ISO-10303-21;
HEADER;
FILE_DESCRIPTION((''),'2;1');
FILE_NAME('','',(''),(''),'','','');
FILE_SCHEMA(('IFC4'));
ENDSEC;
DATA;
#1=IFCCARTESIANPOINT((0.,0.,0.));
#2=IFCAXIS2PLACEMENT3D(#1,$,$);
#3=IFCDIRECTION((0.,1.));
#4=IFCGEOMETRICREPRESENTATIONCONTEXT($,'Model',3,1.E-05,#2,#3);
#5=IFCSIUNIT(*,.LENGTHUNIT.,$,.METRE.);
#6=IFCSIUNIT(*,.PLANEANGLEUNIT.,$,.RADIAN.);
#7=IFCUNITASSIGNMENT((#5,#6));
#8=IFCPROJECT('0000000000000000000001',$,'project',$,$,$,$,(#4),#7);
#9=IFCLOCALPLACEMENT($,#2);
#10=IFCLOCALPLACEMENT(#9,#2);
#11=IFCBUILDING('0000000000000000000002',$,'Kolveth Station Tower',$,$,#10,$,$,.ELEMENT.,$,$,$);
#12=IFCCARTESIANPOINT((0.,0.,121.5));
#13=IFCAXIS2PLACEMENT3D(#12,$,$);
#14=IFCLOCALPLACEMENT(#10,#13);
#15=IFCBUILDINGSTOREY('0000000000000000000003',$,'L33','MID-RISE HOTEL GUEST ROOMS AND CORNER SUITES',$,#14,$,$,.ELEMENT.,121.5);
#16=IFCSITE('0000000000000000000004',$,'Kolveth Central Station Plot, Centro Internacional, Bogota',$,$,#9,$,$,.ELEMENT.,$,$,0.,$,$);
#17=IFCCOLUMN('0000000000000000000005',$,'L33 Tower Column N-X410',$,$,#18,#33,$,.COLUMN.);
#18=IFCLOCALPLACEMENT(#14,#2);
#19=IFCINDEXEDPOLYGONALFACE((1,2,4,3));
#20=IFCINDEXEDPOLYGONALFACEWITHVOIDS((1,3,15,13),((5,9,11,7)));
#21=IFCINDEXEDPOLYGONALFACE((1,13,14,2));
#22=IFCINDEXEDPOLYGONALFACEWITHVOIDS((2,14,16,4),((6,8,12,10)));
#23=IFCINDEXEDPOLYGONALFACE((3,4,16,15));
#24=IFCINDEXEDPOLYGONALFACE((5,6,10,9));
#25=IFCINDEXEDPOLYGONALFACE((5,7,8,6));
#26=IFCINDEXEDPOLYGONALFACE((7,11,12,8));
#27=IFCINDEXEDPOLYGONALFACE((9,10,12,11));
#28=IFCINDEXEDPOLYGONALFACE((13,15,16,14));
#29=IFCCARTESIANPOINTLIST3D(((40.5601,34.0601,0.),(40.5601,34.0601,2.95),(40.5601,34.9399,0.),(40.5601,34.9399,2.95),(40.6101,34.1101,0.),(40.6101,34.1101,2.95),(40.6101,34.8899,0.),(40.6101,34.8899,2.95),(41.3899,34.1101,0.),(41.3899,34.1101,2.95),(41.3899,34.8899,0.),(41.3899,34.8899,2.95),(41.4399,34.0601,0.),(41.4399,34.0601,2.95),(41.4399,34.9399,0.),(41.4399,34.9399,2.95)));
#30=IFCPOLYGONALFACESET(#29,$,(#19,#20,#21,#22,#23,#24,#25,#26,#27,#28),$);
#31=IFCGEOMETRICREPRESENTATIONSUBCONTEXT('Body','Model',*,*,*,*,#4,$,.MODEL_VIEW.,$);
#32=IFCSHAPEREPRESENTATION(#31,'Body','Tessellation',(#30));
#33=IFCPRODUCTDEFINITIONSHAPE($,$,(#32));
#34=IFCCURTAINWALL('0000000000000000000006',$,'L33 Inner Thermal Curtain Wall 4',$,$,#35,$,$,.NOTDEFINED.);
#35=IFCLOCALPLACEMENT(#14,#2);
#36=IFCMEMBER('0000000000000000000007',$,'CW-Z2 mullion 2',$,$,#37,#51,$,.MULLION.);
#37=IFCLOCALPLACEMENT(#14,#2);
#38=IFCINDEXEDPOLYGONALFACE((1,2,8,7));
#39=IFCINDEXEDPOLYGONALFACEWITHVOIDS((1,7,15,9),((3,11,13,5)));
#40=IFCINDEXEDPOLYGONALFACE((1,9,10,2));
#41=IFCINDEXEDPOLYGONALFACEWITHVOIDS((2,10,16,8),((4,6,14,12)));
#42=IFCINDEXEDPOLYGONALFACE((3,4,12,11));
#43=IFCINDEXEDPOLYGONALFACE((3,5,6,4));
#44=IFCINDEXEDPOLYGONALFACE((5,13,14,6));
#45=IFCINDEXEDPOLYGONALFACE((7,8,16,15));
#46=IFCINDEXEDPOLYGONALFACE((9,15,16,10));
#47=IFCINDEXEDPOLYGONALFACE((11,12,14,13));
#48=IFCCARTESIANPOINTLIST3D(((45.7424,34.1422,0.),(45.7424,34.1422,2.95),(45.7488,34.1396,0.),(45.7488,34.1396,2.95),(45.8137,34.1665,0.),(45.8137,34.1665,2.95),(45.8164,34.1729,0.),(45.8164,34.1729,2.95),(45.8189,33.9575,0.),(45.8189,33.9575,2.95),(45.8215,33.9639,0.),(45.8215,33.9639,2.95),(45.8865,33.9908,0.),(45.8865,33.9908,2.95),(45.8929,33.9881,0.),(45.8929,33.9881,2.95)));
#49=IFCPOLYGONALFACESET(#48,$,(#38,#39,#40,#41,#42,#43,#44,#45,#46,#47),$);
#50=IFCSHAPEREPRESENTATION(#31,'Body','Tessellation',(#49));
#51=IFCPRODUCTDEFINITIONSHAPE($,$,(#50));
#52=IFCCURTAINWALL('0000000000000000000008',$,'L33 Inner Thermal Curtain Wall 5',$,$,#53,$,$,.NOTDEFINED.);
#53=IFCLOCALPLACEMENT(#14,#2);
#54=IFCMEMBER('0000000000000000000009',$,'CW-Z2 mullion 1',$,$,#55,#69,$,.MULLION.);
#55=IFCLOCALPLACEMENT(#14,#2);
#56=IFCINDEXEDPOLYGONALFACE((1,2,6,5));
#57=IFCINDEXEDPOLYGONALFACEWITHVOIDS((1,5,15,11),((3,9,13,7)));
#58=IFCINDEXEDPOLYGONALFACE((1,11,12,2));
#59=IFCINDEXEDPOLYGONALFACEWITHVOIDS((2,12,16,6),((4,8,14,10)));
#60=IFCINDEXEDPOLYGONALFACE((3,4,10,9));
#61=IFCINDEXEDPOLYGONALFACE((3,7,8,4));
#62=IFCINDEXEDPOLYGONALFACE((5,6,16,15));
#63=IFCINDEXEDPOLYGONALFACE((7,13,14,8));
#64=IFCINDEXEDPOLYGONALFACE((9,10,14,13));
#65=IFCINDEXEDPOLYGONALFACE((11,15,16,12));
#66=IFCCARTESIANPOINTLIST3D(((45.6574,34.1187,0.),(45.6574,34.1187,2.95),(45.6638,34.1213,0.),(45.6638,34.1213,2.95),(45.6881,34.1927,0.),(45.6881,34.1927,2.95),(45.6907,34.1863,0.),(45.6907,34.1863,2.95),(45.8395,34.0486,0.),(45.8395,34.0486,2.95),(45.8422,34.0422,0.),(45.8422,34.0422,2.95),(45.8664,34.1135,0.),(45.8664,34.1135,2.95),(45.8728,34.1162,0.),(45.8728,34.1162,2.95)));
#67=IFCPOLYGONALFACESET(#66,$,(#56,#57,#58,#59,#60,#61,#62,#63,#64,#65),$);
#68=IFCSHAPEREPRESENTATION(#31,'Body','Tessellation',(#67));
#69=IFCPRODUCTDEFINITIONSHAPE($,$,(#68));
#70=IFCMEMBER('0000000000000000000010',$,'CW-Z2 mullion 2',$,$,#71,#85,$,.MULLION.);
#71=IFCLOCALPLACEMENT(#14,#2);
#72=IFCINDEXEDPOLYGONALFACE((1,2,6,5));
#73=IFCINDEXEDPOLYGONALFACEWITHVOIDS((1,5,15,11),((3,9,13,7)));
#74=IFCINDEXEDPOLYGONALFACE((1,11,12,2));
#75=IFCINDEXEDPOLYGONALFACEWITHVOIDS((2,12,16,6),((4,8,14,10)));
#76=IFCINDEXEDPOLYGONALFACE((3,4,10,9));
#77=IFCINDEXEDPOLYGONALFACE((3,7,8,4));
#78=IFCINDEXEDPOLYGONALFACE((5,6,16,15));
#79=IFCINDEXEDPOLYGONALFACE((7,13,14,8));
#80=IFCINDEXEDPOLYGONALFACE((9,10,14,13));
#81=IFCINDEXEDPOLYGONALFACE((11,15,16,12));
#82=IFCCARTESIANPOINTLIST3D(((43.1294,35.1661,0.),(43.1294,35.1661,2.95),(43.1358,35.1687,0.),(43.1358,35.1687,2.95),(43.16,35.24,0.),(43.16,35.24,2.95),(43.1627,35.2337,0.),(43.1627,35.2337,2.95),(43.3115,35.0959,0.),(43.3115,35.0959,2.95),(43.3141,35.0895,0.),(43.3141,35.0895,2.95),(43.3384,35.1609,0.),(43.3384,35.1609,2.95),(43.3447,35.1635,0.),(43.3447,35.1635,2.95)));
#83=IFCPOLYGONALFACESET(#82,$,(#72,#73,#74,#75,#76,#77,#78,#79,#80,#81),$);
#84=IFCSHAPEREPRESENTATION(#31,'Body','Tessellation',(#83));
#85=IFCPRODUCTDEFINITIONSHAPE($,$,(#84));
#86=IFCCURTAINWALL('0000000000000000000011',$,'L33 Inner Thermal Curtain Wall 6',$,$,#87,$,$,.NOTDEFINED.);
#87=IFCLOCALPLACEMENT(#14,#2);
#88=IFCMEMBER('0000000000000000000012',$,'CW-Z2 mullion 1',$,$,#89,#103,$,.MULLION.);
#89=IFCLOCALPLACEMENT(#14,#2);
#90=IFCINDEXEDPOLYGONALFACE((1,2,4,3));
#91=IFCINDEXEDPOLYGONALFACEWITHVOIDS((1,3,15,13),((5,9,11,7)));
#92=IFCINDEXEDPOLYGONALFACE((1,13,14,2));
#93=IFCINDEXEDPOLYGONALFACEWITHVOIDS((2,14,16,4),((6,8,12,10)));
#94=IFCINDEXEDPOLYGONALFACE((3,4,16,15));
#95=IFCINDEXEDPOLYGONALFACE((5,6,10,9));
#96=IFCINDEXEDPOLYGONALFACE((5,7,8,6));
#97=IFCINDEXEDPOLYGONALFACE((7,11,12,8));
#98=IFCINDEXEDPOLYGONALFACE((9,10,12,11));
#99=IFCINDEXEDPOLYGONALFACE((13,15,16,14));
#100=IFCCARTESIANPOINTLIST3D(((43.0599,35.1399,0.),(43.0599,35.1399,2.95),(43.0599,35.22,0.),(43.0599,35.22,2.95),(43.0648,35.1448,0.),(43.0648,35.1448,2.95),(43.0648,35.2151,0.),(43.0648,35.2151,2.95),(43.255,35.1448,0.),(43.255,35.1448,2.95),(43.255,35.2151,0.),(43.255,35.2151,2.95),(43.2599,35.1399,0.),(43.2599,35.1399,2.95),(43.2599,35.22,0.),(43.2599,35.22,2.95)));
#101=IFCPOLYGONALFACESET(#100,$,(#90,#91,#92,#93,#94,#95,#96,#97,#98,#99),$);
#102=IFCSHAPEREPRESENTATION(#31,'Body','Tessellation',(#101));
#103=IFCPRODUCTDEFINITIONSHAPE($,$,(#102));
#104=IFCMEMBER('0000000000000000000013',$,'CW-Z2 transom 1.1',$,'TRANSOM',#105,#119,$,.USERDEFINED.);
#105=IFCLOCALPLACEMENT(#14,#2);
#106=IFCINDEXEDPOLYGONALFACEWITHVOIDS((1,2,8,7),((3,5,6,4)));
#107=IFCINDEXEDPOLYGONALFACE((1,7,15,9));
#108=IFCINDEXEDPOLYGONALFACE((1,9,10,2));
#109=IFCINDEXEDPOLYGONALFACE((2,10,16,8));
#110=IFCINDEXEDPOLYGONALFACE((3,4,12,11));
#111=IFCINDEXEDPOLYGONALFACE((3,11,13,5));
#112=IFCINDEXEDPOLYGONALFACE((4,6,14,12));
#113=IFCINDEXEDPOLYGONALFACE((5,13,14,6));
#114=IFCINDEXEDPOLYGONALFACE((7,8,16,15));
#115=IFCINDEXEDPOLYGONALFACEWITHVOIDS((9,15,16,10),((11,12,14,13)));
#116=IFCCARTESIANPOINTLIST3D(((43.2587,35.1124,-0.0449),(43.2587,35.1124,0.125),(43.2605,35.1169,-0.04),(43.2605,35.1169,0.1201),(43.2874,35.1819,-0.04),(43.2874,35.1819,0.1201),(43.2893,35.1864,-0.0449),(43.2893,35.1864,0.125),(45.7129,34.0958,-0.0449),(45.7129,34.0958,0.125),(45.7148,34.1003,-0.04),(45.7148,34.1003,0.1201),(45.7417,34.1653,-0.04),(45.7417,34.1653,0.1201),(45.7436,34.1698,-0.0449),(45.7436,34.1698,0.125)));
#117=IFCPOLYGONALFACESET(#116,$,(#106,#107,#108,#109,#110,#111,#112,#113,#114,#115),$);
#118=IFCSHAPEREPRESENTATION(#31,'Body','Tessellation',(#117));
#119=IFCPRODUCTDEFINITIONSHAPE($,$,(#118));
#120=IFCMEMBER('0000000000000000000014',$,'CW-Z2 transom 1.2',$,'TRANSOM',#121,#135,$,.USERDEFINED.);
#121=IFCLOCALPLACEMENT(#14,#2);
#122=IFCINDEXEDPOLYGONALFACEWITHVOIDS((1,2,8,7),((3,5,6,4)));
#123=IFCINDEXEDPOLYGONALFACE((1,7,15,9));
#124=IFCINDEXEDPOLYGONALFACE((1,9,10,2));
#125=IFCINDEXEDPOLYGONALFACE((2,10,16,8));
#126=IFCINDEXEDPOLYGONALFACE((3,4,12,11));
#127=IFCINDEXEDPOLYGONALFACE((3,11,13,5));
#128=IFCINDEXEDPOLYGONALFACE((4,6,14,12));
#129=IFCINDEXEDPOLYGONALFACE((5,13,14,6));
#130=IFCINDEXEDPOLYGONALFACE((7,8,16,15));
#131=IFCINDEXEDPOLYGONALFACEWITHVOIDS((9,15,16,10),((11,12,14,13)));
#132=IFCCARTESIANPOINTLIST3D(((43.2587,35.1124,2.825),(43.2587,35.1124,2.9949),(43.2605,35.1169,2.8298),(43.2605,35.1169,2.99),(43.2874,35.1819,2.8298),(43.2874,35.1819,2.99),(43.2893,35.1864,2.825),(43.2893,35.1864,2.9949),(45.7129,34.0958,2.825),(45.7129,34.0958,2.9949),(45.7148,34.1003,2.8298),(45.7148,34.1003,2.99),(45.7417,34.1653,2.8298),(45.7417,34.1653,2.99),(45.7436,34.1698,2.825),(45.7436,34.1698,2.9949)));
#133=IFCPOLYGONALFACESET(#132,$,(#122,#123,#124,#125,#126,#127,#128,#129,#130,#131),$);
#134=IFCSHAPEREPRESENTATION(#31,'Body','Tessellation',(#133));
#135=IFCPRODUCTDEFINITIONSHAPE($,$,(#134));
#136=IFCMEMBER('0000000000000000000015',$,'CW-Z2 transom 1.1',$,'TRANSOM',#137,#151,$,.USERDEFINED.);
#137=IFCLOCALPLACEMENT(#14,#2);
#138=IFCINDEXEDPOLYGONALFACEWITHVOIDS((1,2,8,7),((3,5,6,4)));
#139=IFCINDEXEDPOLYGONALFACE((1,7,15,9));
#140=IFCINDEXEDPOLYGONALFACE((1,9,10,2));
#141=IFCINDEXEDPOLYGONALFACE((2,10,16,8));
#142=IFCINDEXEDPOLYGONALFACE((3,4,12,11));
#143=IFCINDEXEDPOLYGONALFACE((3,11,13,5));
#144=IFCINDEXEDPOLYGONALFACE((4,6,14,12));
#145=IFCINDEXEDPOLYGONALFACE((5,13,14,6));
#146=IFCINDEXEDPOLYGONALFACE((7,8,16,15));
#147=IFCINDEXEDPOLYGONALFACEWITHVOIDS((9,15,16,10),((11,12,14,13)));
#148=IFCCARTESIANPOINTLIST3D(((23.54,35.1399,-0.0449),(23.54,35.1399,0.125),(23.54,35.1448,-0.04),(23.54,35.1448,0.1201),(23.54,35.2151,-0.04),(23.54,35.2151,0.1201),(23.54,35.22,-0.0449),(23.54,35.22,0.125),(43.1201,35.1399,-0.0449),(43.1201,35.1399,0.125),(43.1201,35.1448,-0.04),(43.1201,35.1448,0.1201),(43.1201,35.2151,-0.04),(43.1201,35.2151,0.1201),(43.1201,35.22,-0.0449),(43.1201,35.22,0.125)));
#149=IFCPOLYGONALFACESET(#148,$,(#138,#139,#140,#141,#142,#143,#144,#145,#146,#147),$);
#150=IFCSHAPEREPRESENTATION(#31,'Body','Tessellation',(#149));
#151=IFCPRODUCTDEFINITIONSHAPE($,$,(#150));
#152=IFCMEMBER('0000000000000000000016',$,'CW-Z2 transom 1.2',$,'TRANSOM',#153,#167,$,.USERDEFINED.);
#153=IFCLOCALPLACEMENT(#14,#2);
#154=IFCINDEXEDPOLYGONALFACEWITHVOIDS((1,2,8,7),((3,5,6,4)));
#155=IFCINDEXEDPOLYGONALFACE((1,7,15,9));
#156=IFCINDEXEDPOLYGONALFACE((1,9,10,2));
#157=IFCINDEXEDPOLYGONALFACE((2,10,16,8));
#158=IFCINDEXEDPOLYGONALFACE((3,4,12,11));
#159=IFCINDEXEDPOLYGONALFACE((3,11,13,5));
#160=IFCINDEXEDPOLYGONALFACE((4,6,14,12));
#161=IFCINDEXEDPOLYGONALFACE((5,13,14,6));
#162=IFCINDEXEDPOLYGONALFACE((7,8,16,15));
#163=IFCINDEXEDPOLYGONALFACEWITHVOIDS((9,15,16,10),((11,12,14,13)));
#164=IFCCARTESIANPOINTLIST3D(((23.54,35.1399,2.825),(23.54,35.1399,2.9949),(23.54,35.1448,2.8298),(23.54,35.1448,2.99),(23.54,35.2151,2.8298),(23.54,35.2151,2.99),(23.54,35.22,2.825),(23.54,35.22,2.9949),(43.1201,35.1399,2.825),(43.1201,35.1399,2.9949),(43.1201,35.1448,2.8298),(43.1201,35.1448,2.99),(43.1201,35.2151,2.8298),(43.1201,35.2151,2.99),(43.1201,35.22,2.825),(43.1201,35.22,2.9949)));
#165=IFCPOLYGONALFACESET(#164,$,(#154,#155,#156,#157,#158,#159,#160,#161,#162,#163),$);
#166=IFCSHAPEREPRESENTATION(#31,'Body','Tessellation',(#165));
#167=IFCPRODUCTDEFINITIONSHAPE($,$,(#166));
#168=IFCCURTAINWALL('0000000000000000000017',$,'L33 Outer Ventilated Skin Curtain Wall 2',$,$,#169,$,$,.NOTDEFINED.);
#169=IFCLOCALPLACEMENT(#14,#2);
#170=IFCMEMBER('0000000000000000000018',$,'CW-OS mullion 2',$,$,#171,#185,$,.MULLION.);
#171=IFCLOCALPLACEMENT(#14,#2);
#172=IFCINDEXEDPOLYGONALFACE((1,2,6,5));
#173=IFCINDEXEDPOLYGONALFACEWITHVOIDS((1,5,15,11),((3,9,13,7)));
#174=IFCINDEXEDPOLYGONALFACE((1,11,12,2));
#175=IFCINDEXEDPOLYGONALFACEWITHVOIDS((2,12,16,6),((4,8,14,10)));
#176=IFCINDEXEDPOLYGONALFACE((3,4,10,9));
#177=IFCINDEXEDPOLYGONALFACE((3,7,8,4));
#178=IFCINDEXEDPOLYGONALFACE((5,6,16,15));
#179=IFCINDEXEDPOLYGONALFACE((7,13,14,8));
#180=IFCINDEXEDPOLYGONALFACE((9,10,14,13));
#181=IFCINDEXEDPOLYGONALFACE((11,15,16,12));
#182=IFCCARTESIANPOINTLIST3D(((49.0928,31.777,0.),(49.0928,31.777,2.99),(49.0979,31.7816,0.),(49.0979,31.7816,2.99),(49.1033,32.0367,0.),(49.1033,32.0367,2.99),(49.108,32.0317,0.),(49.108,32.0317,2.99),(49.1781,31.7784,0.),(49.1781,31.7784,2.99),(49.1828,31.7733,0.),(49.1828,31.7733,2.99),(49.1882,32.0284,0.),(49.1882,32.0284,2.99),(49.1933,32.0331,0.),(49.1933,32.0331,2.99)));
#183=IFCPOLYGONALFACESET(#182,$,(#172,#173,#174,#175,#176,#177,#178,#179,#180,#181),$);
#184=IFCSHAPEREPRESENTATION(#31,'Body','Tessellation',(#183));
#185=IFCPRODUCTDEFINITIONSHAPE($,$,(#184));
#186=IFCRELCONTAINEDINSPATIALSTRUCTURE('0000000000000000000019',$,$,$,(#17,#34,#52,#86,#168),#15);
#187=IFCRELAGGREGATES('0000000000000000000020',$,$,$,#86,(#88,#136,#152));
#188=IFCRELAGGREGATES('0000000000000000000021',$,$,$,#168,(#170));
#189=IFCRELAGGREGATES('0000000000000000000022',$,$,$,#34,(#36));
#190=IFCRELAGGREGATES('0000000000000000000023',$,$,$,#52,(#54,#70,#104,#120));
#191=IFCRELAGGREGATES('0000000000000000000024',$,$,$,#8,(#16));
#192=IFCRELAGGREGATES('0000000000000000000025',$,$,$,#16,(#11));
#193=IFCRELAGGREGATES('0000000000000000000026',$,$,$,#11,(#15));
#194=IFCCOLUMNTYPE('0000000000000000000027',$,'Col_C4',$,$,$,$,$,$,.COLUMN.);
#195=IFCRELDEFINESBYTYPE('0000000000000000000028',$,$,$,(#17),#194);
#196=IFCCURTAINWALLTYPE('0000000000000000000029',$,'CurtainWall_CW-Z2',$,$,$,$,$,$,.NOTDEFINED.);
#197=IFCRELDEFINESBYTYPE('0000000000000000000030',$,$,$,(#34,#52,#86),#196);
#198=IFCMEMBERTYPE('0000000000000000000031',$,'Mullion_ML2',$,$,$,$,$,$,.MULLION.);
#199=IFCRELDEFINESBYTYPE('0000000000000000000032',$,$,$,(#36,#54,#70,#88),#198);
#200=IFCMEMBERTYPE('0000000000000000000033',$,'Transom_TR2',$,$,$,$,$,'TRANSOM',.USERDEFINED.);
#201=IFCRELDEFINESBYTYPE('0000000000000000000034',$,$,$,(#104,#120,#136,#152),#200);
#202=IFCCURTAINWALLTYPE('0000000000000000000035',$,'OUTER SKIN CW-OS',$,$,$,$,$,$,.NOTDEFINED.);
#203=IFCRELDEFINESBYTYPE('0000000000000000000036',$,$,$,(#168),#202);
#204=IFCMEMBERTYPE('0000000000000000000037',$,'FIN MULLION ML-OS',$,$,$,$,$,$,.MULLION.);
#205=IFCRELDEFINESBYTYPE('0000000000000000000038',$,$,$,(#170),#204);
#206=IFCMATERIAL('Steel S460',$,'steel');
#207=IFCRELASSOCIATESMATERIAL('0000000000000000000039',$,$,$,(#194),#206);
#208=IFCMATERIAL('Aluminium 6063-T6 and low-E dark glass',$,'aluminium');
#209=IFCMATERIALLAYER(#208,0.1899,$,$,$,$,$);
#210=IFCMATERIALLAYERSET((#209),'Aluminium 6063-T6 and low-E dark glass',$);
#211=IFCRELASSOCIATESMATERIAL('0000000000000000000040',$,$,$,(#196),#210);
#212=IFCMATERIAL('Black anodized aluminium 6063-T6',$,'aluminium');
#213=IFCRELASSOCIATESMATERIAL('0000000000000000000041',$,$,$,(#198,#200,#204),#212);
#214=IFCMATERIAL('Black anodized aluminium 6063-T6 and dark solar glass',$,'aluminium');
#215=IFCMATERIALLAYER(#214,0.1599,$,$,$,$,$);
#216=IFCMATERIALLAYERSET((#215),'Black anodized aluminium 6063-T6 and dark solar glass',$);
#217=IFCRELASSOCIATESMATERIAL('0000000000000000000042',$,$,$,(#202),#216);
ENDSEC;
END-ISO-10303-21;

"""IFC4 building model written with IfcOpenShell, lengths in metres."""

from ifc_helpers import new_model, si_unit, direction, frame, origin, origin_2d, place, context, subcontext, project, spatial, hollow_rectangle, extrude, source, transform, mapped, material, layer, layer_set, material_profile, profile_set, type_object, element, aggregate, save


model = new_model("IFC4")

# Units and contexts
model_context = context("Model", 3, precision=1e-05, world=origin(), true_north=direction((0.0, 1.0)))
body_context = subcontext(model_context, "Body", "Model", "MODEL_VIEW")
ifc_project = project(units=[si_unit("LENGTHUNIT", "METRE"), si_unit("PLANEANGLEUNIT", "RADIAN")], contexts=[model_context])

# Site, building, storey
site_placement = place(None, origin())
site = spatial("IfcSite", under=ifc_project, at=site_placement, Name="Kolveth Central Station Plot, Centro Internacional, Bogota", CompositionType="ELEMENT", RefElevation=0.0)
building_placement = place(site_placement, origin())
building = spatial("IfcBuilding", under=site, at=building_placement, Name="Kolveth Station Tower", CompositionType="ELEMENT")
storey_placement = place(building_placement, frame((0.0, 0.0, 121.5)))
storey = spatial("IfcBuildingStorey", under=building, at=storey_placement, Name="L33", Description="MID-RISE HOTEL GUEST ROOMS AND CORNER SUITES", CompositionType="ELEMENT", Elevation=121.5)

# Column
ifc_material_1 = material(Name="Steel S460", Category="steel")
ifc_material_profile_1 = material_profile(ifc_material_1, hollow_rectangle(XDim=0.8799, YDim=0.8799, WallThickness=0.05, at=origin_2d()), Name="BOX880x880x50")
ifc_profile_set_1 = profile_set([ifc_material_profile_1], Name="Steel S460")
column_type = type_object("IfcColumnType", Name="Col_C4", PredefinedType="COLUMN", material=ifc_profile_set_1)
shared_shape_1 = source(origin(), body_context, "Body", "SweptSolid", [
    extrude(hollow_rectangle(XDim=0.8799, YDim=0.8799, WallThickness=0.05, at=origin_2d()), origin(), (0.0, 0.0, 1.0), 2.95),
])
column_placement = place(storey_placement, frame((41.0, 34.5, 0.0), z_axis=(0.0, 0.0, 1.0), x_axis=(1.0, 0.0, 0.0)))
element("IfcColumn", 1, at=column_placement, inside=storey, type_object=column_type, Name="L33 Tower Column N-X410", PredefinedType="COLUMN", context=body_context, shape_type="MappedRepresentation", body=[
    mapped(shared_shape_1, transform((0.0, 0.0, 0.0), x_axis=(1.0, 0.0, 0.0), y_axis=(0.0, 1.0, 0.0), z_axis=(0.0, 0.0, 1.0), scale=1.0)),
])

# Curtain wall, member
ifc_material_2 = material(Name="Aluminium 6063-T6 and low-E dark glass", Category="aluminium")
ifc_layer_1 = layer(ifc_material_2, 0.1899)
ifc_layer_set_1 = layer_set([ifc_layer_1], Name="Aluminium 6063-T6 and low-E dark glass")
curtain_wall_type_1 = type_object("IfcCurtainWallType", Name="CurtainWall_CW-Z2", PredefinedType="NOTDEFINED", material=ifc_layer_set_1)
curtain_wall_1_placement = place(storey_placement, origin())
curtain_wall_1 = element("IfcCurtainWall", 2, at=curtain_wall_1_placement, inside=storey, type_object=curtain_wall_type_1, Name="L33 Inner Thermal Curtain Wall 4", PredefinedType="NOTDEFINED")
ifc_material_3 = material(Name="Black anodized aluminium 6063-T6", Category="aluminium")
ifc_material_profile_2 = material_profile(ifc_material_3, hollow_rectangle(XDim=0.0801, YDim=0.2, WallThickness=0.0049, at=origin_2d()), Name="ALU-80x200x5")
ifc_profile_set_2 = profile_set([ifc_material_profile_2], Name="Black anodized aluminium 6063-T6")
member_type_1 = type_object("IfcMemberType", Name="Mullion_ML2", PredefinedType="MULLION", material=ifc_profile_set_2)
shared_shape_2 = source(origin(), body_context, "Body", "SweptSolid", [
    extrude(hollow_rectangle(XDim=0.0801, YDim=0.2, WallThickness=0.0049, at=origin_2d()), origin(), (0.0, 0.0, 1.0), 2.95),
])
member_1_placement = place(storey_placement, frame((45.8176, 34.0652, 0.0), z_axis=(0.0, 0.0, 1.0), x_axis=(-0.923888, -0.382663, 0.0)))
member_1 = element("IfcMember", 3, at=member_1_placement, type_object=member_type_1, Name="CW-Z2 mullion 2", PredefinedType="MULLION", context=body_context, shape_type="MappedRepresentation", body=[
    mapped(shared_shape_2, transform((0.0, 0.0, 0.0), x_axis=(1.0, 0.0, 0.0), y_axis=(0.0, 1.0, 0.0), z_axis=(0.0, 0.0, 1.0), scale=1.0)),
])

# Curtain wall, members
curtain_wall_2_placement = place(storey_placement, origin())
curtain_wall_2 = element("IfcCurtainWall", 4, at=curtain_wall_2_placement, inside=storey, type_object=curtain_wall_type_1, Name="L33 Inner Thermal Curtain Wall 5", PredefinedType="NOTDEFINED")
member_2_placement = place(storey_placement, frame((45.7651, 34.1174, 0.0), z_axis=(0.0, 0.0, 1.0), x_axis=(-0.382663, -0.923888, 0.0)))
member_2 = element("IfcMember", 5, at=member_2_placement, type_object=member_type_1, Name="CW-Z2 mullion 1", PredefinedType="MULLION", context=body_context, shape_type="MappedRepresentation", body=[
    mapped(shared_shape_2, transform((0.0, 0.0, 0.0), x_axis=(1.0, 0.0, 0.0), y_axis=(0.0, 1.0, 0.0), z_axis=(0.0, 0.0, 1.0), scale=1.0)),
])
member_3_placement = place(storey_placement, frame((43.2371, 35.1648, 0.0), z_axis=(0.0, 0.0, 1.0), x_axis=(-0.382663, -0.923888, 0.0)))
member_3 = element("IfcMember", 6, at=member_3_placement, type_object=member_type_1, Name="CW-Z2 mullion 2", PredefinedType="MULLION", context=body_context, shape_type="MappedRepresentation", body=[
    mapped(shared_shape_2, transform((0.0, 0.0, 0.0), x_axis=(1.0, 0.0, 0.0), y_axis=(0.0, 1.0, 0.0), z_axis=(0.0, 0.0, 1.0), scale=1.0)),
])

# Curtain wall, member
curtain_wall_3_placement = place(storey_placement, origin())
curtain_wall_3 = element("IfcCurtainWall", 7, at=curtain_wall_3_placement, inside=storey, type_object=curtain_wall_type_1, Name="L33 Inner Thermal Curtain Wall 6", PredefinedType="NOTDEFINED")
member_4_placement = place(storey_placement, frame((43.1599, 35.1799, 0.0), z_axis=(0.0, 0.0, 1.0), x_axis=(0.0, -1.0, 0.0)))
member_4 = element("IfcMember", 8, at=member_4_placement, type_object=member_type_1, Name="CW-Z2 mullion 1", PredefinedType="MULLION", context=body_context, shape_type="MappedRepresentation", body=[
    mapped(shared_shape_2, transform((0.0, 0.0, 0.0), x_axis=(1.0, 0.0, 0.0), y_axis=(0.0, 1.0, 0.0), z_axis=(0.0, 0.0, 1.0), scale=1.0)),
])

# Members
ifc_material_profile_3 = material_profile(ifc_material_3, hollow_rectangle(XDim=0.0801, YDim=0.1699, WallThickness=0.0049, at=origin_2d()), Name="ALU-80x170x5")
ifc_profile_set_3 = profile_set([ifc_material_profile_3], Name="Black anodized aluminium 6063-T6")
member_type_2 = type_object("IfcMemberType", Name="Transom_TR2", ElementType="TRANSOM", PredefinedType="USERDEFINED", material=ifc_profile_set_3)
shared_shape_3 = source(origin(), body_context, "Body", "SweptSolid", [
    extrude(hollow_rectangle(XDim=0.0801, YDim=0.1699, WallThickness=0.0049, at=origin_2d()), origin(), (0.0, 0.0, 1.0), 2.6565),
])
member_5_placement = place(storey_placement, frame((45.7283, 34.1328, 0.04), z_axis=(-0.923882, 0.382676, 0.0), x_axis=(-0.382676, -0.923882, 0.0)))
member_5 = element("IfcMember", 9, at=member_5_placement, type_object=member_type_2, Name="CW-Z2 transom 1.1", ObjectType="TRANSOM", PredefinedType="USERDEFINED", context=body_context, shape_type="MappedRepresentation", body=[
    mapped(shared_shape_3, transform((0.0, 0.0, 0.0), x_axis=(1.0, 0.0, 0.0), y_axis=(0.0, 1.0, 0.0), z_axis=(0.0, 0.0, 1.0), scale=1.0)),
])
member_6_placement = place(storey_placement, frame((45.7283, 34.1328, 2.9099), z_axis=(-0.923882, 0.382676, 0.0), x_axis=(-0.382676, -0.923882, 0.0)))
member_6 = element("IfcMember", 10, at=member_6_placement, type_object=member_type_2, Name="CW-Z2 transom 1.2", ObjectType="TRANSOM", PredefinedType="USERDEFINED", context=body_context, shape_type="MappedRepresentation", body=[
    mapped(shared_shape_3, transform((0.0, 0.0, 0.0), x_axis=(1.0, 0.0, 0.0), y_axis=(0.0, 1.0, 0.0), z_axis=(0.0, 0.0, 1.0), scale=1.0)),
])
shared_shape_4 = source(origin(), body_context, "Body", "SweptSolid", [
    extrude(hollow_rectangle(XDim=0.0801, YDim=0.1699, WallThickness=0.0049, at=origin_2d()), origin(), (0.0, 0.0, 1.0), 19.5801),
])
member_7_placement = place(storey_placement, frame((43.1201, 35.1799, 0.04), z_axis=(-1.0, 0.0, 0.0), x_axis=(0.0, -1.0, 0.0)))
member_7 = element("IfcMember", 11, at=member_7_placement, type_object=member_type_2, Name="CW-Z2 transom 1.1", ObjectType="TRANSOM", PredefinedType="USERDEFINED", context=body_context, shape_type="MappedRepresentation", body=[
    mapped(shared_shape_4, transform((0.0, 0.0, 0.0), x_axis=(1.0, 0.0, 0.0), y_axis=(0.0, 1.0, 0.0), z_axis=(0.0, 0.0, 1.0), scale=1.0)),
])
member_8_placement = place(storey_placement, frame((43.1201, 35.1799, 2.9099), z_axis=(-1.0, 0.0, 0.0), x_axis=(0.0, -1.0, 0.0)))
member_8 = element("IfcMember", 12, at=member_8_placement, type_object=member_type_2, Name="CW-Z2 transom 1.2", ObjectType="TRANSOM", PredefinedType="USERDEFINED", context=body_context, shape_type="MappedRepresentation", body=[
    mapped(shared_shape_4, transform((0.0, 0.0, 0.0), x_axis=(1.0, 0.0, 0.0), y_axis=(0.0, 1.0, 0.0), z_axis=(0.0, 0.0, 1.0), scale=1.0)),
])
aggregate(curtain_wall_3, [member_4, member_7, member_8])

# Curtain wall, member
ifc_material_4 = material(Name="Black anodized aluminium 6063-T6 and dark solar glass", Category="aluminium")
ifc_layer_2 = layer(ifc_material_4, 0.1599)
ifc_layer_set_2 = layer_set([ifc_layer_2], Name="Black anodized aluminium 6063-T6 and dark solar glass")
curtain_wall_type_2 = type_object("IfcCurtainWallType", Name="OUTER SKIN CW-OS", PredefinedType="NOTDEFINED", material=ifc_layer_set_2)
curtain_wall_4_placement = place(storey_placement, origin())
curtain_wall_4 = element("IfcCurtainWall", 13, at=curtain_wall_4_placement, inside=storey, type_object=curtain_wall_type_2, Name="L33 Outer Ventilated Skin Curtain Wall 2", PredefinedType="NOTDEFINED")
ifc_material_profile_4 = material_profile(ifc_material_3, hollow_rectangle(XDim=0.0901, YDim=0.26, WallThickness=0.0049, at=origin_2d()), Name="ALU-90x260x5")
ifc_profile_set_4 = profile_set([ifc_material_profile_4], Name="Black anodized aluminium 6063-T6")
member_type_3 = type_object("IfcMemberType", Name="FIN MULLION ML-OS", PredefinedType="MULLION", material=ifc_profile_set_4)
shared_shape_5 = source(origin(), body_context, "Body", "SweptSolid", [
    extrude(hollow_rectangle(XDim=0.0901, YDim=0.26, WallThickness=0.0049, at=origin_2d()), origin(), (0.0, 0.0, 1.0), 2.99),
])
member_9_placement = place(storey_placement, frame((49.1431, 31.905, 0.0), z_axis=(0.0, 0.0, 1.0), x_axis=(-0.999184, 0.040402, 0.0)))
member_9 = element("IfcMember", 14, at=member_9_placement, type_object=member_type_3, Name="CW-OS mullion 2", PredefinedType="MULLION", context=body_context, shape_type="MappedRepresentation", body=[
    mapped(shared_shape_5, transform((0.0, 0.0, 0.0), x_axis=(1.0, 0.0, 0.0), y_axis=(0.0, 1.0, 0.0), z_axis=(0.0, 0.0, 1.0), scale=1.0)),
])
aggregate(curtain_wall_4, [member_9])

aggregate(curtain_wall_1, [member_1])
aggregate(curtain_wall_2, [member_2, member_3, member_5, member_6])

save(model, "model.ifc")
